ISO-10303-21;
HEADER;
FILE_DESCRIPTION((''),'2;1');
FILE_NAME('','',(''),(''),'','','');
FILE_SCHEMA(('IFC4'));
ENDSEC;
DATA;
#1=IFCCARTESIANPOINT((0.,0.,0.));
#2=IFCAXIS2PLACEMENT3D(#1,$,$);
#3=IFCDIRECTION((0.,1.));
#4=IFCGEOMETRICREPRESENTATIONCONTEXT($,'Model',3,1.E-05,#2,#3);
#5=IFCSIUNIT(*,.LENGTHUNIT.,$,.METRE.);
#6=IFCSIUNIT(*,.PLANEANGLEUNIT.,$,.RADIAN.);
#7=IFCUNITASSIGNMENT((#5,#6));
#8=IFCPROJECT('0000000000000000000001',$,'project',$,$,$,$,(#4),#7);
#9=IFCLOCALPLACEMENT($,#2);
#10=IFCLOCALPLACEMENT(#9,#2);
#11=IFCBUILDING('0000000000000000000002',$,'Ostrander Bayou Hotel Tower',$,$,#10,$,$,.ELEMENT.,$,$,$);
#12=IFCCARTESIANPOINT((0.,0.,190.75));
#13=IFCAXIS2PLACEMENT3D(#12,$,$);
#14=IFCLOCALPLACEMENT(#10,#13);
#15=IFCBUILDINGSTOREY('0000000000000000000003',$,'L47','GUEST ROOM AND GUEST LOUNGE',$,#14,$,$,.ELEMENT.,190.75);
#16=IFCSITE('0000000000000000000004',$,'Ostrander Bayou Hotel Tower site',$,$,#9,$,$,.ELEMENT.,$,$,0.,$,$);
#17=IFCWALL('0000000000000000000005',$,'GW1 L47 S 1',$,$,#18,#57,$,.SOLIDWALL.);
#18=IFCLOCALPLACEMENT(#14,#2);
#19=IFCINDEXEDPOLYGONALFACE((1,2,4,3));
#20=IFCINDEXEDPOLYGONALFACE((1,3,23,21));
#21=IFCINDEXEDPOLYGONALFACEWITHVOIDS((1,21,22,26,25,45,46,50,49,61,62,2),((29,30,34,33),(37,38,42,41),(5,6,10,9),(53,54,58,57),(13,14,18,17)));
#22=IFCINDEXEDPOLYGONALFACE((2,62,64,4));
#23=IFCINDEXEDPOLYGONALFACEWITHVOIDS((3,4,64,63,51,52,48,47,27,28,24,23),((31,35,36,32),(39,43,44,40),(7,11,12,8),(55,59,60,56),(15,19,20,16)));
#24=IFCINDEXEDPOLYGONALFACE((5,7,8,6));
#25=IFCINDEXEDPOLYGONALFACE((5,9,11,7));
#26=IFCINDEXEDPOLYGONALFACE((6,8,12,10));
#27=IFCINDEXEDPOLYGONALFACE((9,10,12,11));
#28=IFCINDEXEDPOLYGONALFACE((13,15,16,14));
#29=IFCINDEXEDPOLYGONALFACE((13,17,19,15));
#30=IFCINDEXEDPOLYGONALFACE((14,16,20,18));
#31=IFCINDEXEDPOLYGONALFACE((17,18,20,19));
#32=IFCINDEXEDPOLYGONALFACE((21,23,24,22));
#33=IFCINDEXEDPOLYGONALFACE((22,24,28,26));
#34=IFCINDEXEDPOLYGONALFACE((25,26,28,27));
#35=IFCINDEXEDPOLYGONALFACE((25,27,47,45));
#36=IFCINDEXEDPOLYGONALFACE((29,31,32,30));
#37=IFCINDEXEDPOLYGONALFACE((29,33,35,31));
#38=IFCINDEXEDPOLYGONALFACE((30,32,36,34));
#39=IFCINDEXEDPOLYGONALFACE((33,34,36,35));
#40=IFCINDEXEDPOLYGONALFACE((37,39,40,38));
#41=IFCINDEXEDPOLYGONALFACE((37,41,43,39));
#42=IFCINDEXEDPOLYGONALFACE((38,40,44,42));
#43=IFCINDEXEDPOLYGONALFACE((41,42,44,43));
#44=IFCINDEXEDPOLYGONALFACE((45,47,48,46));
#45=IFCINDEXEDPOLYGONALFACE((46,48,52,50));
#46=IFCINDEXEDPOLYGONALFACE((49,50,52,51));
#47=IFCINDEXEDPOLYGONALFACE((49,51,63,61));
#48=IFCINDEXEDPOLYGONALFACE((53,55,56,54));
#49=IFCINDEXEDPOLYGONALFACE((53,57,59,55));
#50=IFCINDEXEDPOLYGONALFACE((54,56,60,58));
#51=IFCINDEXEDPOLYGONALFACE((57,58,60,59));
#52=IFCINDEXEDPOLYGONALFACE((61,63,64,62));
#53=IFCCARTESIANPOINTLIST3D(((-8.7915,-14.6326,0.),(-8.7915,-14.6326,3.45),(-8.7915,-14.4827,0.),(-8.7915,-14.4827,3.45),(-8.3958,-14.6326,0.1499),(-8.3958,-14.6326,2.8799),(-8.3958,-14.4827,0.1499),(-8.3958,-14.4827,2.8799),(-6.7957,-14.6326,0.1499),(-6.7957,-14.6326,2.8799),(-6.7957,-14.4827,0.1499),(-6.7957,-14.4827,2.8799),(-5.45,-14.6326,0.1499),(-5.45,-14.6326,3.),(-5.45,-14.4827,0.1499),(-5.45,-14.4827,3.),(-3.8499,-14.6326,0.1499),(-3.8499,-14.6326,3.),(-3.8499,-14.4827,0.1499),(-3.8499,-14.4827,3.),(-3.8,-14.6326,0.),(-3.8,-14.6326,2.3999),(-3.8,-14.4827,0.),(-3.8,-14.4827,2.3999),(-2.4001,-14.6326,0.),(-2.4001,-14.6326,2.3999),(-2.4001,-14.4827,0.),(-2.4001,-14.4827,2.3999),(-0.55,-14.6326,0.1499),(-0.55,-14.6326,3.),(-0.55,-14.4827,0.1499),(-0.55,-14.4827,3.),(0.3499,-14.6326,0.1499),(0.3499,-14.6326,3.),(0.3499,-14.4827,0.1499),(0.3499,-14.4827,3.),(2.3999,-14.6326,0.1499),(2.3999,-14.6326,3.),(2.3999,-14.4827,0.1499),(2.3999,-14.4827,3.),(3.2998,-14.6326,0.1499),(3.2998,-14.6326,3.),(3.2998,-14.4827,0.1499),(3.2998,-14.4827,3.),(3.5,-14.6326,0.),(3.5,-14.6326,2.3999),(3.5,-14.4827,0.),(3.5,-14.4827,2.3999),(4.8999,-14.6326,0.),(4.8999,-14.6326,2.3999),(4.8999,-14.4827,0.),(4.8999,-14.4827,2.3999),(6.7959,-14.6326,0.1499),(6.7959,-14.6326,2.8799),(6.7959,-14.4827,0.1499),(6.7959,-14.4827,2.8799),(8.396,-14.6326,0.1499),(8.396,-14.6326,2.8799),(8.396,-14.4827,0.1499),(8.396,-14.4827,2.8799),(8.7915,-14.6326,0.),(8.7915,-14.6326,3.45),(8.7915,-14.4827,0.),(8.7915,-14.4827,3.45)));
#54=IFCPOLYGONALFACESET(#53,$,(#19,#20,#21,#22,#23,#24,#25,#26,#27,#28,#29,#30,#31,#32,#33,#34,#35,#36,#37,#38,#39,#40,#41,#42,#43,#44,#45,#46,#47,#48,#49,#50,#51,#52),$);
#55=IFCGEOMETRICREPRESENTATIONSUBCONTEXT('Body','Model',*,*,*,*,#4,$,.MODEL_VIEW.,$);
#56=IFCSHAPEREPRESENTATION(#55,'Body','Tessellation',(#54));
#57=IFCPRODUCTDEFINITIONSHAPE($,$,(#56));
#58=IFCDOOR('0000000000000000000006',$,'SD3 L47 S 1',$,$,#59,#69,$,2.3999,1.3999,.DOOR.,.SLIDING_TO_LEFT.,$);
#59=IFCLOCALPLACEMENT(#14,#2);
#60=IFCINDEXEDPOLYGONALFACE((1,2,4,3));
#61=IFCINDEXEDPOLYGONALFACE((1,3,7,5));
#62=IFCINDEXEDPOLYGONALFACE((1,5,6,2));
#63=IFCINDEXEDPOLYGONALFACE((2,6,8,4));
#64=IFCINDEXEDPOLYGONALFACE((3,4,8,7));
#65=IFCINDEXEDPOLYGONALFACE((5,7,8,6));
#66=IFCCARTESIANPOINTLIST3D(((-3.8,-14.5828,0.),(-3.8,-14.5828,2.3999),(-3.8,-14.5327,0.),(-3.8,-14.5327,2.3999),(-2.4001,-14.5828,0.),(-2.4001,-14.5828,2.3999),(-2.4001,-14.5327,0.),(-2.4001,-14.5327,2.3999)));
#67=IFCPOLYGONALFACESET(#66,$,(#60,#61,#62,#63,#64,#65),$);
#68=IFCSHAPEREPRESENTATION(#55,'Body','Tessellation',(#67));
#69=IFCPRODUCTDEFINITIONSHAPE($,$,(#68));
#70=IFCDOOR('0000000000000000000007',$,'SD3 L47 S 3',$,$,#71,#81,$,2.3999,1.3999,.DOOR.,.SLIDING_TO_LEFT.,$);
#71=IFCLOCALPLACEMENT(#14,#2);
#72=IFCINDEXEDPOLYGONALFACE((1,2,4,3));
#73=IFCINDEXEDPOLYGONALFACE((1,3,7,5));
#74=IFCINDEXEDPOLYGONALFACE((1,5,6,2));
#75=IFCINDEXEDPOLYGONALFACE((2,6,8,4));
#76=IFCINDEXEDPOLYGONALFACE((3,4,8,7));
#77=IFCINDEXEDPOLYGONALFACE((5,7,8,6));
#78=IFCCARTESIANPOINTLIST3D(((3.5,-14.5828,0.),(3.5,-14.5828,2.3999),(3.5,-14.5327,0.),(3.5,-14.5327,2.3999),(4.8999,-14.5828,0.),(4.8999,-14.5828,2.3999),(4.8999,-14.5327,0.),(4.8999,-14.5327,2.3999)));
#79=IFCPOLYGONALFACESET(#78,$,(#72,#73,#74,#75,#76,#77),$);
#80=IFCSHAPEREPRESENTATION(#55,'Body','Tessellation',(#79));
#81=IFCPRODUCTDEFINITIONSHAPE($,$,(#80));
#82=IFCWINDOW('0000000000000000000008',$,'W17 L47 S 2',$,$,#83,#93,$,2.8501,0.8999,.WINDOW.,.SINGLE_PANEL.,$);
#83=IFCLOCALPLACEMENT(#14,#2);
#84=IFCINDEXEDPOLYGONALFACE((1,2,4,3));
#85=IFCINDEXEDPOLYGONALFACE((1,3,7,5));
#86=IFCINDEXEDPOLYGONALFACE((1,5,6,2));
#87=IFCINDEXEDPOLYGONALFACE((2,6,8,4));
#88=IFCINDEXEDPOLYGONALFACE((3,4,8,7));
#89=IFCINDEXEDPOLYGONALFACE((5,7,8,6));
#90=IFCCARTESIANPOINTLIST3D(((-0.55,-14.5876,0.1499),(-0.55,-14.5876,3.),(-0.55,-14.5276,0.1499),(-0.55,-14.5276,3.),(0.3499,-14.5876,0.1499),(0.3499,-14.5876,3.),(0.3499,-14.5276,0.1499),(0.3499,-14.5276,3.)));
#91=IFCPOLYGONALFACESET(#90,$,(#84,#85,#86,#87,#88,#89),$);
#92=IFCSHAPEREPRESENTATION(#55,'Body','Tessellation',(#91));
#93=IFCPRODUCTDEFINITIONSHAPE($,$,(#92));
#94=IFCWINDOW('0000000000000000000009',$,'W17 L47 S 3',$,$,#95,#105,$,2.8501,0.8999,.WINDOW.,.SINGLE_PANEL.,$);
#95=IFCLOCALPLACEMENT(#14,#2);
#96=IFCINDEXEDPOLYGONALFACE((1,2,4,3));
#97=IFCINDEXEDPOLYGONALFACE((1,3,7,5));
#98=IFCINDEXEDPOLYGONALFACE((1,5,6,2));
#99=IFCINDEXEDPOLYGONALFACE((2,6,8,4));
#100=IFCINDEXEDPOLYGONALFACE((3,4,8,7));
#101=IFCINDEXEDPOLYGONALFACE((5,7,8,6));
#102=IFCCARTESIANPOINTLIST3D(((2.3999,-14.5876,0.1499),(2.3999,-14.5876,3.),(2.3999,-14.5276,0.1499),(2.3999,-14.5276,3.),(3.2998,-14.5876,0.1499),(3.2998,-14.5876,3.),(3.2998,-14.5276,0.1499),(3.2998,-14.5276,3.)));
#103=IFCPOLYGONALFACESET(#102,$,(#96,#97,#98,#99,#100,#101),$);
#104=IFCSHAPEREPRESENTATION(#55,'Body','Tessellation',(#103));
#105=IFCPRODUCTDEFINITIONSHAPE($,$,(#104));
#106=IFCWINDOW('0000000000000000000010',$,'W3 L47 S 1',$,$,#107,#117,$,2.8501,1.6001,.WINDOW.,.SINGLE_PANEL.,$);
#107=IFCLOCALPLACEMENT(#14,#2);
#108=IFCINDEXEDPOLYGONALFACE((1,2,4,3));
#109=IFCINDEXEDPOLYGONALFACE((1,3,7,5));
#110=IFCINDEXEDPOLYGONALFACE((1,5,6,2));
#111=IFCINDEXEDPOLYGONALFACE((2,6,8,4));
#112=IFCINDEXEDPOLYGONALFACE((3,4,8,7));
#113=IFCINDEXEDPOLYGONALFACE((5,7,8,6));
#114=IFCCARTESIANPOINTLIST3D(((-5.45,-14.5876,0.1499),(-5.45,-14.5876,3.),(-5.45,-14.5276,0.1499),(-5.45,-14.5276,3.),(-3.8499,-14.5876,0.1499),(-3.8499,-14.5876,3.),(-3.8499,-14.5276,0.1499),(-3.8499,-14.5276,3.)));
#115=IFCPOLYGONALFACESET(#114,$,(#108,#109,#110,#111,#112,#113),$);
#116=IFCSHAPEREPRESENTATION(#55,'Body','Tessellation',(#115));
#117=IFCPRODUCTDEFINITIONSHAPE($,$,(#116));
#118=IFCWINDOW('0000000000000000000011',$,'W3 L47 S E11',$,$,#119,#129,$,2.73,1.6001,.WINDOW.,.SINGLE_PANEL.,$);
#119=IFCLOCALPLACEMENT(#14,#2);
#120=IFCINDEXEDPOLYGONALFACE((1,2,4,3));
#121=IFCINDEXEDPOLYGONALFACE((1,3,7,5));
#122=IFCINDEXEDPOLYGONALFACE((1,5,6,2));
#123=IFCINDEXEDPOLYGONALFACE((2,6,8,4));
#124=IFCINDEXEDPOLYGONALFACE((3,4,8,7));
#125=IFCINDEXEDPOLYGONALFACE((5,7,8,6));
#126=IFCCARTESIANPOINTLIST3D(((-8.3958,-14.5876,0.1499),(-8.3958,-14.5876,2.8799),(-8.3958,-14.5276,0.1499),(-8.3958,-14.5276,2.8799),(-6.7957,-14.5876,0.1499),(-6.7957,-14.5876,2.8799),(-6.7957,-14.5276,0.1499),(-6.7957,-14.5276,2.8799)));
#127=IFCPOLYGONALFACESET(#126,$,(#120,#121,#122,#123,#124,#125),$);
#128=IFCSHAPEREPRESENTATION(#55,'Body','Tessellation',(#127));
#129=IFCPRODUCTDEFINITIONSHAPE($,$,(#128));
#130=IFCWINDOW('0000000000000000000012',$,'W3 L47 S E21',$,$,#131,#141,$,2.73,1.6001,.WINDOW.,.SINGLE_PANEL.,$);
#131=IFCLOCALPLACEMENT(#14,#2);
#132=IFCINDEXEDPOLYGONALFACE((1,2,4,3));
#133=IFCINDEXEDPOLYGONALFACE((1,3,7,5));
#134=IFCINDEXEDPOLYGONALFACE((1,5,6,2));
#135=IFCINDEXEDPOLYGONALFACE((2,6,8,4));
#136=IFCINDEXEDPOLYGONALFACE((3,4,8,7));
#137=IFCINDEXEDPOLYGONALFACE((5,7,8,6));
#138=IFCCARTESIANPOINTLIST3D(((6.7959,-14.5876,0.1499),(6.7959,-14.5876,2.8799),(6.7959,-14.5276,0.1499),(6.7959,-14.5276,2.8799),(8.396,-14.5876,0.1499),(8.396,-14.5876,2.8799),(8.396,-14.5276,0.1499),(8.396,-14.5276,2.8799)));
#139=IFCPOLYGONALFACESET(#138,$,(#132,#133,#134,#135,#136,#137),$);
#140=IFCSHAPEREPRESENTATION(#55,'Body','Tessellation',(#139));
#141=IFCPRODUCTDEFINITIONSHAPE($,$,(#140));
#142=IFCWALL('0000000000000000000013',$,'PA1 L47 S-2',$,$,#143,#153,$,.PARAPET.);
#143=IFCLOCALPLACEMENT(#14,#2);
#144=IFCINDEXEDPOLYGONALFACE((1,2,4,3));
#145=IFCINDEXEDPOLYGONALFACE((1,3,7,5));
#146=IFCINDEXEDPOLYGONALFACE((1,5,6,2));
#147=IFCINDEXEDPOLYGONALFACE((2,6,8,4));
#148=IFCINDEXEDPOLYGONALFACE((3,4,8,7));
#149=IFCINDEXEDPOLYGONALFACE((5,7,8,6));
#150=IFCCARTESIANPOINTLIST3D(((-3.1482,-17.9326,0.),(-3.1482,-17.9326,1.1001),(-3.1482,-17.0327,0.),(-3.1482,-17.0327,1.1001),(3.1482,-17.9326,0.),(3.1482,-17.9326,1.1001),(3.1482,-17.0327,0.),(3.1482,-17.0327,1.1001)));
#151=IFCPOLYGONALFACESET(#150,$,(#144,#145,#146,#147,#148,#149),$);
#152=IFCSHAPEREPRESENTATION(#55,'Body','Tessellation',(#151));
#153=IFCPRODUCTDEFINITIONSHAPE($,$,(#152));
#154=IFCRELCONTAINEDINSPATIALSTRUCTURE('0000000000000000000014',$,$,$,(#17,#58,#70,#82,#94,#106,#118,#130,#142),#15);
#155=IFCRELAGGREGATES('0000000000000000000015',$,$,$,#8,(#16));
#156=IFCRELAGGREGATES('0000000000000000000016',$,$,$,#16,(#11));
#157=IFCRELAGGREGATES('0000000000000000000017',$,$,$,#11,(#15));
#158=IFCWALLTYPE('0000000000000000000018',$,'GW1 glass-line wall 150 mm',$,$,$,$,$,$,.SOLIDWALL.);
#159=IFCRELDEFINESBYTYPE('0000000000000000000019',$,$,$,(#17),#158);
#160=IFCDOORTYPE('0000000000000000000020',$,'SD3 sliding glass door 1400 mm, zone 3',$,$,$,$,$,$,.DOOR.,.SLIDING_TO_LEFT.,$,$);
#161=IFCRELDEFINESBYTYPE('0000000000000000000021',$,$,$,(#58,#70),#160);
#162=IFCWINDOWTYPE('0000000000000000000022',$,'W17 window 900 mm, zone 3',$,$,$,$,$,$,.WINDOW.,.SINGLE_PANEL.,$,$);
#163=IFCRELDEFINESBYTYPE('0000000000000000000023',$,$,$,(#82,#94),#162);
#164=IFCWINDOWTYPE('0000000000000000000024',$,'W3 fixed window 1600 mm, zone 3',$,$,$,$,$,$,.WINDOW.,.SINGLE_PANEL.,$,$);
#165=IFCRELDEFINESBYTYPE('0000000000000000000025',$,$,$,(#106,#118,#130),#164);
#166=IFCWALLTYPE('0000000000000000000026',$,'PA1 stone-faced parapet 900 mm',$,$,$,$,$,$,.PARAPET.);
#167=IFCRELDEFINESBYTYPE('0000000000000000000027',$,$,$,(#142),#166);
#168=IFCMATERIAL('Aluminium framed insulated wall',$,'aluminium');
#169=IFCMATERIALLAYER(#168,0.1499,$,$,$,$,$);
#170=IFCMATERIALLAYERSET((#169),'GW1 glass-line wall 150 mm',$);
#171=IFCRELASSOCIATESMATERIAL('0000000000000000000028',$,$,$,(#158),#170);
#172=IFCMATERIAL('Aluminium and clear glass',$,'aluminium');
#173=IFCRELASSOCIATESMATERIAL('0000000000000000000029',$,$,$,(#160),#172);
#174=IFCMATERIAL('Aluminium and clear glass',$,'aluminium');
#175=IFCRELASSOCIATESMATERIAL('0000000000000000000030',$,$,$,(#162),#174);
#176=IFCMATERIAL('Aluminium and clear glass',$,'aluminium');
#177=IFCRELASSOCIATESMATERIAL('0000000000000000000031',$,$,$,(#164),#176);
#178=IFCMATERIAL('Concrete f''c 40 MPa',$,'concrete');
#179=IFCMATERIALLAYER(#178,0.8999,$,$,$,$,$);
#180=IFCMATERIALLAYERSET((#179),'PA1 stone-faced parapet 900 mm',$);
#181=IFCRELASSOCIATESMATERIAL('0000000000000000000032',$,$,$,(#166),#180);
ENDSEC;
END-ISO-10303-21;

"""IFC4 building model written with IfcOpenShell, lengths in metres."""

from ifc_helpers import new_model, si_unit, direction, frame, frame_2d, origin, place, context, subcontext, project, spatial, rectangle, extrude, material, layer, layer_set, type_object, element, fill, save


model = new_model("IFC4")

# Units and contexts
model_context = context("Model", 3, precision=1e-05, world=origin(), true_north=direction((0.0, 1.0)))
body_context = subcontext(model_context, "Body", "Model", "MODEL_VIEW")
ifc_project = project(units=[si_unit("LENGTHUNIT", "METRE"), si_unit("PLANEANGLEUNIT", "RADIAN")], contexts=[model_context])

# Site, building, storey
site_placement = place(None, origin())
site = spatial("IfcSite", under=ifc_project, at=site_placement, Name="Ostrander Bayou Hotel Tower site", CompositionType="ELEMENT", RefElevation=0.0)
building_placement = place(site_placement, origin())
building = spatial("IfcBuilding", under=site, at=building_placement, Name="Ostrander Bayou Hotel Tower", CompositionType="ELEMENT")
storey_placement = place(building_placement, frame((0.0, 0.0, 190.75)))
storey = spatial("IfcBuildingStorey", under=building, at=storey_placement, Name="L47", Description="GUEST ROOM AND GUEST LOUNGE", CompositionType="ELEMENT", Elevation=190.75)

# Wall, openings, doors, windows
ifc_material_1 = material(Name="Aluminium framed insulated wall", Category="aluminium")
ifc_layer_1 = layer(ifc_material_1, 0.1499)
ifc_layer_set_1 = layer_set([ifc_layer_1], Name="GW1 glass-line wall 150 mm")
wall_type_1 = type_object("IfcWallType", Name="GW1 glass-line wall 150 mm", PredefinedType="SOLIDWALL", material=ifc_layer_set_1)
wall_1_placement = place(storey_placement, frame((-8.7915, -14.5576, 0.0), z_axis=(0.0, 0.0, 1.0), x_axis=(1.0, 0.0, 0.0)))
wall_1 = element("IfcWall", 1, at=wall_1_placement, inside=storey, type_object=wall_type_1, Name="GW1 L47 S 1", PredefinedType="SOLIDWALL", context=body_context, shape_type="SweptSolid", body=[
    extrude(rectangle(XDim=17.583, YDim=0.1499, at=frame_2d((8.7915, 0.0))), origin(), (0.0, 0.0, 1.0), 3.45),
])
opening_1_placement = place(wall_1_placement, frame((3.3416, 0.0, 0.1499)))
opening_1 = element("IfcOpeningElement", 2, at=opening_1_placement, cuts=wall_1, PredefinedType="OPENING", context=body_context, shape_type="SweptSolid", body=[
    extrude(rectangle(XDim=1.6001, YDim=2.8501, at=frame_2d((0.8, 1.425))), frame((0.0, 0.075, 0.0), z_axis=(0.0, -1.0, 0.0), x_axis=(1.0, 0.0, 0.0)), (0.0, 0.0, 1.0), 0.1499),
])
opening_2_placement = place(wall_1_placement, frame((4.9915, 0.0, 0.0)))
opening_2 = element("IfcOpeningElement", 3, at=opening_2_placement, cuts=wall_1, PredefinedType="OPENING", context=body_context, shape_type="SweptSolid", body=[
    extrude(rectangle(XDim=1.3999, YDim=2.3999, at=frame_2d((0.7, 1.2))), frame((0.0, 0.075, 0.0), z_axis=(0.0, -1.0, 0.0), x_axis=(1.0, 0.0, 0.0)), (0.0, 0.0, 1.0), 0.1499),
])
opening_3_placement = place(wall_1_placement, frame((8.2415, 0.0, 0.1499)))
opening_3 = element("IfcOpeningElement", 4, at=opening_3_placement, cuts=wall_1, PredefinedType="OPENING", context=body_context, shape_type="SweptSolid", body=[
    extrude(rectangle(XDim=0.8999, YDim=2.8501, at=frame_2d((0.45, 1.425))), frame((0.0, 0.075, 0.0), z_axis=(0.0, -1.0, 0.0), x_axis=(1.0, 0.0, 0.0)), (0.0, 0.0, 1.0), 0.1499),
])
opening_4_placement = place(wall_1_placement, frame((11.1914, 0.0, 0.1499)))
opening_4 = element("IfcOpeningElement", 5, at=opening_4_placement, cuts=wall_1, PredefinedType="OPENING", context=body_context, shape_type="SweptSolid", body=[
    extrude(rectangle(XDim=0.8999, YDim=2.8501, at=frame_2d((0.45, 1.425))), frame((0.0, 0.075, 0.0), z_axis=(0.0, -1.0, 0.0), x_axis=(1.0, 0.0, 0.0)), (0.0, 0.0, 1.0), 0.1499),
])
opening_5_placement = place(wall_1_placement, frame((12.2915, 0.0, 0.0)))
opening_5 = element("IfcOpeningElement", 6, at=opening_5_placement, cuts=wall_1, PredefinedType="OPENING", context=body_context, shape_type="SweptSolid", body=[
    extrude(rectangle(XDim=1.3999, YDim=2.3999, at=frame_2d((0.7, 1.2))), frame((0.0, 0.075, 0.0), z_axis=(0.0, -1.0, 0.0), x_axis=(1.0, 0.0, 0.0)), (0.0, 0.0, 1.0), 0.1499),
])
opening_6_placement = place(wall_1_placement, frame((0.3958, 0.0, 0.1499)))
opening_6 = element("IfcOpeningElement", 7, at=opening_6_placement, cuts=wall_1, PredefinedType="OPENING", context=body_context, shape_type="SweptSolid", body=[
    extrude(rectangle(XDim=1.6001, YDim=2.73, at=frame_2d((0.8, 1.365))), frame((0.0, 0.075, 0.0), z_axis=(0.0, -1.0, 0.0), x_axis=(1.0, 0.0, 0.0)), (0.0, 0.0, 1.0), 0.1499),
])
opening_7_placement = place(wall_1_placement, frame((15.5874, 0.0, 0.1499)))
opening_7 = element("IfcOpeningElement", 8, at=opening_7_placement, cuts=wall_1, PredefinedType="OPENING", context=body_context, shape_type="SweptSolid", body=[
    extrude(rectangle(XDim=1.6001, YDim=2.73, at=frame_2d((0.8, 1.365))), frame((0.0, 0.075, 0.0), z_axis=(0.0, -1.0, 0.0), x_axis=(1.0, 0.0, 0.0)), (0.0, 0.0, 1.0), 0.1499),
])
ifc_material_2 = material(Name="Aluminium and clear glass", Category="aluminium")
door_type_1 = type_object("IfcDoorType", Name="SD3 sliding glass door 1400 mm, zone 3", OperationType="SLIDING_TO_LEFT", PredefinedType="DOOR", material=ifc_material_2)
door_1_placement = place(opening_2_placement, origin())
door_1 = element("IfcDoor", 9, at=door_1_placement, inside=storey, type_object=door_type_1, Name="SD3 L47 S 1", OperationType="SLIDING_TO_LEFT", OverallHeight=2.3999, OverallWidth=1.3999, PredefinedType="DOOR", context=body_context, shape_type="SweptSolid", body=[
    extrude(rectangle(XDim=1.3999, YDim=2.3999, at=frame_2d((0.7, 1.2))), frame((0.0, 0.0249, 0.0), z_axis=(0.0, -1.0, 0.0), x_axis=(1.0, 0.0, 0.0)), (0.0, 0.0, 1.0), 0.05),
])
fill(opening_2, door_1)
door_2_placement = place(opening_5_placement, origin())
door_2 = element("IfcDoor", 10, at=door_2_placement, inside=storey, type_object=door_type_1, Name="SD3 L47 S 3", OperationType="SLIDING_TO_LEFT", OverallHeight=2.3999, OverallWidth=1.3999, PredefinedType="DOOR", context=body_context, shape_type="SweptSolid", body=[
    extrude(rectangle(XDim=1.3999, YDim=2.3999, at=frame_2d((0.7, 1.2))), frame((0.0, 0.0249, 0.0), z_axis=(0.0, -1.0, 0.0), x_axis=(1.0, 0.0, 0.0)), (0.0, 0.0, 1.0), 0.05),
])
fill(opening_5, door_2)
ifc_material_3 = material(Name="Aluminium and clear glass", Category="aluminium")
window_type_1 = type_object("IfcWindowType", Name="W17 window 900 mm, zone 3", PartitioningType="SINGLE_PANEL", PredefinedType="WINDOW", material=ifc_material_3)
window_1_placement = place(opening_3_placement, origin())
window_1 = element("IfcWindow", 11, at=window_1_placement, inside=storey, type_object=window_type_1, Name="W17 L47 S 2", OverallHeight=2.8501, OverallWidth=0.8999, PartitioningType="SINGLE_PANEL", PredefinedType="WINDOW", context=body_context, shape_type="SweptSolid", body=[
    extrude(rectangle(XDim=0.8999, YDim=2.8501, at=frame_2d((0.45, 1.425))), frame((0.0, 0.03, 0.0), z_axis=(0.0, -1.0, 0.0), x_axis=(1.0, 0.0, 0.0)), (0.0, 0.0, 1.0), 0.0601),
])
fill(opening_3, window_1)
window_2_placement = place(opening_4_placement, origin())
window_2 = element("IfcWindow", 12, at=window_2_placement, inside=storey, type_object=window_type_1, Name="W17 L47 S 3", OverallHeight=2.8501, OverallWidth=0.8999, PartitioningType="SINGLE_PANEL", PredefinedType="WINDOW", context=body_context, shape_type="SweptSolid", body=[
    extrude(rectangle(XDim=0.8999, YDim=2.8501, at=frame_2d((0.45, 1.425))), frame((0.0, 0.03, 0.0), z_axis=(0.0, -1.0, 0.0), x_axis=(1.0, 0.0, 0.0)), (0.0, 0.0, 1.0), 0.0601),
])
fill(opening_4, window_2)
ifc_material_4 = material(Name="Aluminium and clear glass", Category="aluminium")
window_type_2 = type_object("IfcWindowType", Name="W3 fixed window 1600 mm, zone 3", PartitioningType="SINGLE_PANEL", PredefinedType="WINDOW", material=ifc_material_4)
window_3_placement = place(opening_1_placement, origin())
window_3 = element("IfcWindow", 13, at=window_3_placement, inside=storey, type_object=window_type_2, Name="W3 L47 S 1", OverallHeight=2.8501, OverallWidth=1.6001, PartitioningType="SINGLE_PANEL", PredefinedType="WINDOW", context=body_context, shape_type="SweptSolid", body=[
    extrude(rectangle(XDim=1.6001, YDim=2.8501, at=frame_2d((0.8, 1.425))), frame((0.0, 0.03, 0.0), z_axis=(0.0, -1.0, 0.0), x_axis=(1.0, 0.0, 0.0)), (0.0, 0.0, 1.0), 0.0601),
])
fill(opening_1, window_3)
window_4_placement = place(opening_6_placement, origin())
window_4 = element("IfcWindow", 14, at=window_4_placement, inside=storey, type_object=window_type_2, Name="W3 L47 S E11", OverallHeight=2.73, OverallWidth=1.6001, PartitioningType="SINGLE_PANEL", PredefinedType="WINDOW", context=body_context, shape_type="SweptSolid", body=[
    extrude(rectangle(XDim=1.6001, YDim=2.73, at=frame_2d((0.8, 1.365))), frame((0.0, 0.03, 0.0), z_axis=(0.0, -1.0, 0.0), x_axis=(1.0, 0.0, 0.0)), (0.0, 0.0, 1.0), 0.0601),
])
fill(opening_6, window_4)
window_5_placement = place(opening_7_placement, origin())
window_5 = element("IfcWindow", 15, at=window_5_placement, inside=storey, type_object=window_type_2, Name="W3 L47 S E21", OverallHeight=2.73, OverallWidth=1.6001, PartitioningType="SINGLE_PANEL", PredefinedType="WINDOW", context=body_context, shape_type="SweptSolid", body=[
    extrude(rectangle(XDim=1.6001, YDim=2.73, at=frame_2d((0.8, 1.365))), frame((0.0, 0.03, 0.0), z_axis=(0.0, -1.0, 0.0), x_axis=(1.0, 0.0, 0.0)), (0.0, 0.0, 1.0), 0.0601),
])
fill(opening_7, window_5)

# Wall
ifc_material_5 = material(Name="Concrete f'c 40 MPa", Category="concrete")
ifc_layer_2 = layer(ifc_material_5, 0.8999)
ifc_layer_set_2 = layer_set([ifc_layer_2], Name="PA1 stone-faced parapet 900 mm")
wall_type_2 = type_object("IfcWallType", Name="PA1 stone-faced parapet 900 mm", PredefinedType="PARAPET", material=ifc_layer_set_2)
wall_2_placement = place(storey_placement, frame((-3.1482, -17.4827, 0.0), z_axis=(0.0, 0.0, 1.0), x_axis=(1.0, 0.0, 0.0)))
element("IfcWall", 16, at=wall_2_placement, inside=storey, type_object=wall_type_2, Name="PA1 L47 S-2", PredefinedType="PARAPET", context=body_context, shape_type="SweptSolid", body=[
    extrude(rectangle(XDim=6.2964, YDim=0.8999, at=frame_2d((3.1482, 0.0))), origin(), (0.0, 0.0, 1.0), 1.1001),
])

save(model, "model.ifc")
